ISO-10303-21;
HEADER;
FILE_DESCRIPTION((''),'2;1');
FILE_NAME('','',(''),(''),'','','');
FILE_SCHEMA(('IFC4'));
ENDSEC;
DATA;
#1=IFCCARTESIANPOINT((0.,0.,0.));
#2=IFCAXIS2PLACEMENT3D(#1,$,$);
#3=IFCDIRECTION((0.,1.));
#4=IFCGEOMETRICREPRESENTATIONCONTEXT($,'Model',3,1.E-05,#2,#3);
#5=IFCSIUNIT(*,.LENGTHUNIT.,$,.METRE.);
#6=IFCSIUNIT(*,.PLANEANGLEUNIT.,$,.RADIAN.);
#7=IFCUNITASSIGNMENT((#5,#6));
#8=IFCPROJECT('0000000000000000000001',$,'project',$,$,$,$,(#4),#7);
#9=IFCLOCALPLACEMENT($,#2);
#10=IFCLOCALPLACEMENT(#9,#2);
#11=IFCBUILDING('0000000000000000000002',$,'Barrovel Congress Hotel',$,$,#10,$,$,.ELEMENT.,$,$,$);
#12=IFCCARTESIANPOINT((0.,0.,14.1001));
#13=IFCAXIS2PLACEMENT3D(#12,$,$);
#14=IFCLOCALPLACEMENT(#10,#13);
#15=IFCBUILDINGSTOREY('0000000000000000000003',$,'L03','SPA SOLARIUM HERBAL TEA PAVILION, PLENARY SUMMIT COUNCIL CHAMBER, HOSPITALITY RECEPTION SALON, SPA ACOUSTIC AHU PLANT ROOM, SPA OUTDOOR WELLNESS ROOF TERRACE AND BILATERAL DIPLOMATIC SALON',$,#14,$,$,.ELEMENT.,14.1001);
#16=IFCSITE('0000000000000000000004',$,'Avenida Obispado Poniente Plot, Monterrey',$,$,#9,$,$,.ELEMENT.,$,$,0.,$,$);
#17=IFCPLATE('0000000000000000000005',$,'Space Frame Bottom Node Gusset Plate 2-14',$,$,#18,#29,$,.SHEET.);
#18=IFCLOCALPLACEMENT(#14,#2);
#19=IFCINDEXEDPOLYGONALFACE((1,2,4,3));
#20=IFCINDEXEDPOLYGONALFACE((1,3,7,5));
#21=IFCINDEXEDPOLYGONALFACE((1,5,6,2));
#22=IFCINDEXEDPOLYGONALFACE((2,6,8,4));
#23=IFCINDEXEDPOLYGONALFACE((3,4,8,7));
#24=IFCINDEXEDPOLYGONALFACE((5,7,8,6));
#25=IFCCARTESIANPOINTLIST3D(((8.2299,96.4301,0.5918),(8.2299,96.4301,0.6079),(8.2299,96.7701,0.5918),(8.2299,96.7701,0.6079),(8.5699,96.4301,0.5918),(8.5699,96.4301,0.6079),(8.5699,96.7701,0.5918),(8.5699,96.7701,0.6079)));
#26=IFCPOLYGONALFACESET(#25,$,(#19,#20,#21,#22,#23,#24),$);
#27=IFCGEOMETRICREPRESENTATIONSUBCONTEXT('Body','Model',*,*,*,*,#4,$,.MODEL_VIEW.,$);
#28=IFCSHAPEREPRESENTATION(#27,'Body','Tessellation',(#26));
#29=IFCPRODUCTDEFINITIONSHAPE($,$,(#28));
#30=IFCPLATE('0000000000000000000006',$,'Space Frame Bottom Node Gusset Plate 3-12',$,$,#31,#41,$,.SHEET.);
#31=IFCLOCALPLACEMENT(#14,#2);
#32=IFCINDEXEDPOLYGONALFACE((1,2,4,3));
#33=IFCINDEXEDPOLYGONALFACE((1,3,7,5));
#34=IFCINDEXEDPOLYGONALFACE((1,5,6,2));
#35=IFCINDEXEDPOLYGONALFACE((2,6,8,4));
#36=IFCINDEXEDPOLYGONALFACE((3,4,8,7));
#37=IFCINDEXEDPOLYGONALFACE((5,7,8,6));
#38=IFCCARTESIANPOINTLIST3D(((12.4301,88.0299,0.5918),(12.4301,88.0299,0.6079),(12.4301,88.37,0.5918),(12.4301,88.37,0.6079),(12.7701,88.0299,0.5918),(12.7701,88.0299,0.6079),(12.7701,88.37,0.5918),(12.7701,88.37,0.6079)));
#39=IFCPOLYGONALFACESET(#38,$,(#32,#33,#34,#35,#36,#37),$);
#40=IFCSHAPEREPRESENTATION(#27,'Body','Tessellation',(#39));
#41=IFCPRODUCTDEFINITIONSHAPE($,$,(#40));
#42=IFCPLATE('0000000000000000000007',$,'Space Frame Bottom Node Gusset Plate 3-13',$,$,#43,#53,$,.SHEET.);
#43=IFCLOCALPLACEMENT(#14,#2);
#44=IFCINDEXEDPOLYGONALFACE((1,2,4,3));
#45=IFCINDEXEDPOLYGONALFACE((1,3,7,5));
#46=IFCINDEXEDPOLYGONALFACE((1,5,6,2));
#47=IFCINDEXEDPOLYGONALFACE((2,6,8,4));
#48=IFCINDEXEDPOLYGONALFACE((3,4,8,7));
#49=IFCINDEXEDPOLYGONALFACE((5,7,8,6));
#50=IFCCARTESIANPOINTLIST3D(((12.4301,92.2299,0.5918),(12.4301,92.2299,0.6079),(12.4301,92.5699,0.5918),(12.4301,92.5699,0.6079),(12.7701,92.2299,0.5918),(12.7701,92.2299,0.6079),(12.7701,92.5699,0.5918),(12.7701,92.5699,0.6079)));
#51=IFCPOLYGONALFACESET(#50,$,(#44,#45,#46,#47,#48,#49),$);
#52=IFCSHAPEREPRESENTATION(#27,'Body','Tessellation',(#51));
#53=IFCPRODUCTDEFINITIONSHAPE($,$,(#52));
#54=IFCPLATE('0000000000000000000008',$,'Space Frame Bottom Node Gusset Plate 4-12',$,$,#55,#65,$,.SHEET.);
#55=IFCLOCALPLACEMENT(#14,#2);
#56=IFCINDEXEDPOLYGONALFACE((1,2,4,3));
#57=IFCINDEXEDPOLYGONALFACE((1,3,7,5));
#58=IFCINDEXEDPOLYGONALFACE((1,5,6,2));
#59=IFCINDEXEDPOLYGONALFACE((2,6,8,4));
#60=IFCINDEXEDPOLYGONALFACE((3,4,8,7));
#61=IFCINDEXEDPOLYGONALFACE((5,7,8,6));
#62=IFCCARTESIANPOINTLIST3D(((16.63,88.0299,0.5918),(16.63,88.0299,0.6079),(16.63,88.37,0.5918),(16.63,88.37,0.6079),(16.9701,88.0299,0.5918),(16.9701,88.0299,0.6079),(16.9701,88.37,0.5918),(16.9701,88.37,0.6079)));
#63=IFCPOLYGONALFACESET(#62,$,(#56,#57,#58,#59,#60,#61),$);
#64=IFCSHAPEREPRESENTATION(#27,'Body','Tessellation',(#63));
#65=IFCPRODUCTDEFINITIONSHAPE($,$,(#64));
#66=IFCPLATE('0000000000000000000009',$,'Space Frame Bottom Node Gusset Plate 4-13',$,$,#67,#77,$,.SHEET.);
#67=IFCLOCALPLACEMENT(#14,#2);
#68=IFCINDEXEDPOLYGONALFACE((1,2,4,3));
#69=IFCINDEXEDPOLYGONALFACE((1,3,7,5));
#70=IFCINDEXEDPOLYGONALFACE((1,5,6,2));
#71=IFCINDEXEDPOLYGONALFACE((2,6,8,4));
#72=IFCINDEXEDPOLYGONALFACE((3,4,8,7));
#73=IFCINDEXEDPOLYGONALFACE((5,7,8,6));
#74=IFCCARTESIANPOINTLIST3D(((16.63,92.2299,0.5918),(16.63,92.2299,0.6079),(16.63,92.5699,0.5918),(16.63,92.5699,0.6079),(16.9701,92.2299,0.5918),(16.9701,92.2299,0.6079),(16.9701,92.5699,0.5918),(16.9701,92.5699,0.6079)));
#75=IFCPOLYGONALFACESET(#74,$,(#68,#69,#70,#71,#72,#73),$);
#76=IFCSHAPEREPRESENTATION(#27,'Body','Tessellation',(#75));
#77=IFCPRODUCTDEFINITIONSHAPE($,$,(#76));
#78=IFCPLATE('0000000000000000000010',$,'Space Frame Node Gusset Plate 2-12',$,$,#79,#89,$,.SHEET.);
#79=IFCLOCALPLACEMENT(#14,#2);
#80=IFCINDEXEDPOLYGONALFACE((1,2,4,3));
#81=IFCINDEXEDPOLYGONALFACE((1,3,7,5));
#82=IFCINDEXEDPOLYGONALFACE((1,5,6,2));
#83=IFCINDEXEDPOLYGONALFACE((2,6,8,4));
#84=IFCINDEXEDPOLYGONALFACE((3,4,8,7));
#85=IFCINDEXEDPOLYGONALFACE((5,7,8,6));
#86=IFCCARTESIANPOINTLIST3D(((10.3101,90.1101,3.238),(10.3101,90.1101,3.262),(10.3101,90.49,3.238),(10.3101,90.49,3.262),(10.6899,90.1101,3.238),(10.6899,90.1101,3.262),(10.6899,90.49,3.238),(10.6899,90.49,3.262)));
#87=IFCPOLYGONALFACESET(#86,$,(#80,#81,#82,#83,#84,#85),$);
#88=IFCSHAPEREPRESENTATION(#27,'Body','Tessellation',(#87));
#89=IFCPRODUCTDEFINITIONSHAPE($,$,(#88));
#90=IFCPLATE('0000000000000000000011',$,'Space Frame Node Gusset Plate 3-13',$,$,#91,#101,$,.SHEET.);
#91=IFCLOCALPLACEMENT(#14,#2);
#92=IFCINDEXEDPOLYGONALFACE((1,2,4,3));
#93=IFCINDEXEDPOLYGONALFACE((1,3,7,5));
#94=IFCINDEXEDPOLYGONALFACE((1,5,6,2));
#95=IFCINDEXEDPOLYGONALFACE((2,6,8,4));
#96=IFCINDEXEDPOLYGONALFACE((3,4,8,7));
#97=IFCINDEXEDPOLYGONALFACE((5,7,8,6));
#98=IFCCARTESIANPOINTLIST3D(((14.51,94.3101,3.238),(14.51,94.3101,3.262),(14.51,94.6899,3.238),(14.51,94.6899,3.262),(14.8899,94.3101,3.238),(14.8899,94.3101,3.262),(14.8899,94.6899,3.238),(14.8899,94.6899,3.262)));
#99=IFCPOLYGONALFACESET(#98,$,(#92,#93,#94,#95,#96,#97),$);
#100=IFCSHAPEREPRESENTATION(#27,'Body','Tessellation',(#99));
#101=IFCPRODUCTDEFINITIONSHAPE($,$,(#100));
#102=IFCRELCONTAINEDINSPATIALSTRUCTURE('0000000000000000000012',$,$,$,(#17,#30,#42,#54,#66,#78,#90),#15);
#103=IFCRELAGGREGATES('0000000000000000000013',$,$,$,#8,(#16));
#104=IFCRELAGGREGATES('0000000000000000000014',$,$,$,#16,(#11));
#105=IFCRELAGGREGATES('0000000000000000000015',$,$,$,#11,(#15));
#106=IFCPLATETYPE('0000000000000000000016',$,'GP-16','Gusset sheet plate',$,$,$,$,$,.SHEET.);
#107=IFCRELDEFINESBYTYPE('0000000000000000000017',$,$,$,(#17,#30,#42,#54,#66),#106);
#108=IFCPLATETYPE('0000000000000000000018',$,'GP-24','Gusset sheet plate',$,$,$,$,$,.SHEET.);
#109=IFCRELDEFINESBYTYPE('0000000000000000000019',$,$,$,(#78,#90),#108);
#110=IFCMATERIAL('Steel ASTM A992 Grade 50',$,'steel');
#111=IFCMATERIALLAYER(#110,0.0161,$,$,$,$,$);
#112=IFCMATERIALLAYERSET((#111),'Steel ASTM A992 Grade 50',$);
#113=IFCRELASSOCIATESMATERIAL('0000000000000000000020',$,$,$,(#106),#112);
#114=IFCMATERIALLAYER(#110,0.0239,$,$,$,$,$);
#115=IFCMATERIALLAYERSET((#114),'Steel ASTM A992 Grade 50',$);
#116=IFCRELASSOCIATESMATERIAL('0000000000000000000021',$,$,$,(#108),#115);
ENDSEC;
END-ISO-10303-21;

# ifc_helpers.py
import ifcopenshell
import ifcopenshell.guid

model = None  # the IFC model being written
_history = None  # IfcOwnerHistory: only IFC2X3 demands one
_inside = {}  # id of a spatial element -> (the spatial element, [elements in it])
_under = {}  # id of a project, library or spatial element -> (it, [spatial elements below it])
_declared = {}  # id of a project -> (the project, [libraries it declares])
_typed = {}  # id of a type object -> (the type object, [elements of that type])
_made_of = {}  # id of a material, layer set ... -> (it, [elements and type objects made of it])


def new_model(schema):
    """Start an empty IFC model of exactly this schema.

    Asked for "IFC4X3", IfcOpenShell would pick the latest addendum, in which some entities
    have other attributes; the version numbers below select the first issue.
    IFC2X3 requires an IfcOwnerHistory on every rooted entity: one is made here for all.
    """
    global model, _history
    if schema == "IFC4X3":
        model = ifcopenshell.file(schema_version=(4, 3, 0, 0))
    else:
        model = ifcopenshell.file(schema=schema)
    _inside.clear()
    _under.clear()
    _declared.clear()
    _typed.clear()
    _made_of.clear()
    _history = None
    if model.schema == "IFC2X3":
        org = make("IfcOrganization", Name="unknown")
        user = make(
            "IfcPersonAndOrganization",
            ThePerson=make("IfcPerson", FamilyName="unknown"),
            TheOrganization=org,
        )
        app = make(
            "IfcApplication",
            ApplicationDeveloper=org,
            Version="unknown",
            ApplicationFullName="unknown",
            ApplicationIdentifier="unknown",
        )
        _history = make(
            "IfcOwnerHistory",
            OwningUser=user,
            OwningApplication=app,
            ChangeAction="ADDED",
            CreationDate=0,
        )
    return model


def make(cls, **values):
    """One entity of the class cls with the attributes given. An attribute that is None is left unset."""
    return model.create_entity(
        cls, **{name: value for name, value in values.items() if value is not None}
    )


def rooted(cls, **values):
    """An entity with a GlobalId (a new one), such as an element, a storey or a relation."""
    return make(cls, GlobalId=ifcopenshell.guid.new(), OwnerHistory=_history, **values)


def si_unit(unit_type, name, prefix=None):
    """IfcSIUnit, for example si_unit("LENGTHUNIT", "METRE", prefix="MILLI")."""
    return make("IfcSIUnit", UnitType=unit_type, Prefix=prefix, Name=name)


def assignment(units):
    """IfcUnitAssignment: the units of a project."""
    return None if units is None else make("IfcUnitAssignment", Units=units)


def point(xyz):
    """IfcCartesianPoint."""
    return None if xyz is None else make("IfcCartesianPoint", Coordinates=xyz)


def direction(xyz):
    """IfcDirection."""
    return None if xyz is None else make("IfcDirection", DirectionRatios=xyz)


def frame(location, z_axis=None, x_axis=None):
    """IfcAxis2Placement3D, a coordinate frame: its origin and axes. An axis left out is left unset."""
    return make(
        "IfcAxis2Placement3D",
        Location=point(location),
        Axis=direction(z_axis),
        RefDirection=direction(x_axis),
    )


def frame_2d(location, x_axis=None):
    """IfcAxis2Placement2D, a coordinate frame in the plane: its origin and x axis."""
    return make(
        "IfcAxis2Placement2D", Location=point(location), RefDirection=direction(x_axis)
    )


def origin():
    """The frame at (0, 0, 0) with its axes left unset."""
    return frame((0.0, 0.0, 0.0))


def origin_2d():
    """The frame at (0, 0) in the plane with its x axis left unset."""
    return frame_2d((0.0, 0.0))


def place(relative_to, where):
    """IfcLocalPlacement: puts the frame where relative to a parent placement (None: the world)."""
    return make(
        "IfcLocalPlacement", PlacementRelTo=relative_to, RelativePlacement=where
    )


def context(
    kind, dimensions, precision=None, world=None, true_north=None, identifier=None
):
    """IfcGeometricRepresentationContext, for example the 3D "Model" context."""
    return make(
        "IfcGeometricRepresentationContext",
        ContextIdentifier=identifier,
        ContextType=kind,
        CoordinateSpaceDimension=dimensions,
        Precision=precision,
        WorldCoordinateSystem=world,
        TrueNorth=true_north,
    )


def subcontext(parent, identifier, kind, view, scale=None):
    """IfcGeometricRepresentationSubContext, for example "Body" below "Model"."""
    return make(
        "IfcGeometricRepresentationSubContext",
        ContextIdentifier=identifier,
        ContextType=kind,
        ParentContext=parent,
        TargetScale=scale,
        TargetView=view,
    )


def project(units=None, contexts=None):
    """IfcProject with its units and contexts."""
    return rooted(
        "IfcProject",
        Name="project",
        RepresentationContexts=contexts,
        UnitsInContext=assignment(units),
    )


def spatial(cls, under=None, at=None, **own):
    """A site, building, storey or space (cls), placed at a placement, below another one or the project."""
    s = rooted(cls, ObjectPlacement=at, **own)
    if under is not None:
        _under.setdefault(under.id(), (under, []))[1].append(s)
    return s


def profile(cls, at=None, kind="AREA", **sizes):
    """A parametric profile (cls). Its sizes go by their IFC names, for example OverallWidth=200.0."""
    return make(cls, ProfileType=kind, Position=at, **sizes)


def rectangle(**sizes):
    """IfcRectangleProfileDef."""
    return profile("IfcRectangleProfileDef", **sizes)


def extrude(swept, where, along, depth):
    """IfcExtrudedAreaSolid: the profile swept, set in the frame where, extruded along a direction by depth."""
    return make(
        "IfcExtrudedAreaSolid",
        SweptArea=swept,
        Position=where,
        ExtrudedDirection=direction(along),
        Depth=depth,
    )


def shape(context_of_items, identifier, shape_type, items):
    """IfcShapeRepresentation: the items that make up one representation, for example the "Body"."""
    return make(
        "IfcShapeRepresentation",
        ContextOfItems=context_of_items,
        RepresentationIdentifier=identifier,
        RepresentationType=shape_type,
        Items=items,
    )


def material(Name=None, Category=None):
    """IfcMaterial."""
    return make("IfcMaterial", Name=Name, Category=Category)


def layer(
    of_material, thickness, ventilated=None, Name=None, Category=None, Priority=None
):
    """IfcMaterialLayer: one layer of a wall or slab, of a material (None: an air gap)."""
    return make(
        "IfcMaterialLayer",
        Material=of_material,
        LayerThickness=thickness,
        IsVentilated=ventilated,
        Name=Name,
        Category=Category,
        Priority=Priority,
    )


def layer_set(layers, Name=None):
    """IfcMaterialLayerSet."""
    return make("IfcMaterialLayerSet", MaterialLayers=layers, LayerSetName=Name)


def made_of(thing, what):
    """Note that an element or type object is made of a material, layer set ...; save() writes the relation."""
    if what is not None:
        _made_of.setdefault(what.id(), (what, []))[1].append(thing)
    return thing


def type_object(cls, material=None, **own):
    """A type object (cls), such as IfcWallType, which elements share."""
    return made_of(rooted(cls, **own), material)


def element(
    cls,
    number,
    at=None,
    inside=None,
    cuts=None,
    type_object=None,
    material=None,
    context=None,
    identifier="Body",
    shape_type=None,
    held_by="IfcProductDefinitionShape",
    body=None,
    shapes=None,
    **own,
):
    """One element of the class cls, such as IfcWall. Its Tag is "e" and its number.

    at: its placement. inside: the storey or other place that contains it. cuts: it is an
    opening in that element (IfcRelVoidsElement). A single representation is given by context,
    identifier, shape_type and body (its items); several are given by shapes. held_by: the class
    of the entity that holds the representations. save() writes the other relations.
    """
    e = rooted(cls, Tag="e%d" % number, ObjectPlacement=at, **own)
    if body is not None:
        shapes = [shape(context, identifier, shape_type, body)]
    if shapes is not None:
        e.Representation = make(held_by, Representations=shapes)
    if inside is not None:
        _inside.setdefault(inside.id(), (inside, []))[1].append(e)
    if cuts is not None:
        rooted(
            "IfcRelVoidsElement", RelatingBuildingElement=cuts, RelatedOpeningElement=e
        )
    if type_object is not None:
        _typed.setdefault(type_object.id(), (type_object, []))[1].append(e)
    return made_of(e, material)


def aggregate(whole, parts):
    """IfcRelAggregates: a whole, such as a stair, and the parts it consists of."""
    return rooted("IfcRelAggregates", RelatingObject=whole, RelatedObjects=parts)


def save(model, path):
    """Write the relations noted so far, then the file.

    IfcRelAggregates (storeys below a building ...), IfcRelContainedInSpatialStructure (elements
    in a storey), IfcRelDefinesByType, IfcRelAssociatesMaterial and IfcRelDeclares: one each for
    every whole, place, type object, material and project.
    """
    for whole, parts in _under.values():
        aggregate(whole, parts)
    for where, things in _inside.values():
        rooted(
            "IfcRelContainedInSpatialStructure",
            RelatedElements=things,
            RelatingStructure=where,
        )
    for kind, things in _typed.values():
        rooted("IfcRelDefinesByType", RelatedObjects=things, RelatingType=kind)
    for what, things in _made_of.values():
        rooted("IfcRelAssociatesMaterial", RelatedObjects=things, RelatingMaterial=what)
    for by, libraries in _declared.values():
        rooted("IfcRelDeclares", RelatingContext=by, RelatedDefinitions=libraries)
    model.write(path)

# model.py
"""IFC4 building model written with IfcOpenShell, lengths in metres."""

from ifc_helpers import new_model, si_unit, direction, frame, origin, origin_2d, place, context, subcontext, project, spatial, rectangle, extrude, material, layer, layer_set, type_object, element, save


model = new_model("IFC4")

# Units and contexts
model_context = context("Model", 3, precision=1e-05, world=origin(), true_north=direction((0.0, 1.0)))
body_context = subcontext(model_context, "Body", "Model", "MODEL_VIEW")
ifc_project = project(units=[si_unit("LENGTHUNIT", "METRE"), si_unit("PLANEANGLEUNIT", "RADIAN")], contexts=[model_context])

# Site, building, storey
site_placement = place(None, origin())
site = spatial("IfcSite", under=ifc_project, at=site_placement, Name="Avenida Obispado Poniente Plot, Monterrey", CompositionType="ELEMENT", RefElevation=0.0)
building_placement = place(site_placement, origin())
building = spatial("IfcBuilding", under=site, at=building_placement, Name="Barrovel Congress Hotel", CompositionType="ELEMENT")
storey_placement = place(building_placement, frame((0.0, 0.0, 14.1001)))
storey = spatial("IfcBuildingStorey", under=building, at=storey_placement, Name="L03", Description="SPA SOLARIUM HERBAL TEA PAVILION, PLENARY SUMMIT COUNCIL CHAMBER, HOSPITALITY RECEPTION SALON, SPA ACOUSTIC AHU PLANT ROOM, SPA OUTDOOR WELLNESS ROOF TERRACE AND BILATERAL DIPLOMATIC SALON", CompositionType="ELEMENT", Elevation=14.1001)

# Plates
ifc_material_1 = material(Name="Steel ASTM A992 Grade 50", Category="steel")
ifc_layer_1 = layer(ifc_material_1, 0.0161)
ifc_layer_set_1 = layer_set([ifc_layer_1], Name="Steel ASTM A992 Grade 50")
plate_type_1 = type_object("IfcPlateType", Name="GP-16", Description="Gusset sheet plate", PredefinedType="SHEET", material=ifc_layer_set_1)
for number, where, z_axis, x_axis, name in (
    (1, (8.3999, 96.6001, 0.5918), (0.0, 0.0, 1.0), (1.0, 0.0, 0.0), "Space Frame Bottom Node Gusset Plate 2-14"),
    (2, (12.6001, 88.2, 0.5918), (0.0, 0.0, 1.0), (1.0, 0.0, 0.0), "Space Frame Bottom Node Gusset Plate 3-12"),
    (3, (12.6001, 92.3999, 0.5918), (0.0, 0.0, 1.0), (1.0, 0.0, 0.0), "Space Frame Bottom Node Gusset Plate 3-13"),
    (4, (16.8, 88.2, 0.5918), (0.0, 0.0, 1.0), (1.0, 0.0, 0.0), "Space Frame Bottom Node Gusset Plate 4-12"),
    (5, (16.8, 92.3999, 0.5918), (0.0, 0.0, 1.0), (1.0, 0.0, 0.0), "Space Frame Bottom Node Gusset Plate 4-13"),
):
    element("IfcPlate", number, at=place(storey_placement, frame(where, z_axis=z_axis, x_axis=x_axis)), inside=storey, type_object=plate_type_1, Name=name, PredefinedType="SHEET", context=body_context, shape_type="SweptSolid", body=[
        extrude(rectangle(XDim=0.3401, YDim=0.3401, at=origin_2d()), origin(), (0.0, 0.0, 1.0), 0.0161),
    ])
ifc_layer_2 = layer(ifc_material_1, 0.0239)
ifc_layer_set_2 = layer_set([ifc_layer_2], Name="Steel ASTM A992 Grade 50")
plate_type_2 = type_object("IfcPlateType", Name="GP-24", Description="Gusset sheet plate", PredefinedType="SHEET", material=ifc_layer_set_2)
for number, where, z_axis, x_axis, name in (
    (6, (10.5, 90.3, 3.238), (0.0, 0.0, 1.0), (1.0, 0.0, 0.0), "Space Frame Node Gusset Plate 2-12"),
    (7, (14.7, 94.5, 3.238), (0.0, 0.0, 1.0), (1.0, 0.0, 0.0), "Space Frame Node Gusset Plate 3-13"),
):
    element("IfcPlate", number, at=place(storey_placement, frame(where, z_axis=z_axis, x_axis=x_axis)), inside=storey, type_object=plate_type_2, Name=name, PredefinedType="SHEET", context=body_context, shape_type="SweptSolid", body=[
        extrude(rectangle(XDim=0.3799, YDim=0.3799, at=origin_2d()), origin(), (0.0, 0.0, 1.0), 0.0239),
    ])

save(model, "model.ifc")
